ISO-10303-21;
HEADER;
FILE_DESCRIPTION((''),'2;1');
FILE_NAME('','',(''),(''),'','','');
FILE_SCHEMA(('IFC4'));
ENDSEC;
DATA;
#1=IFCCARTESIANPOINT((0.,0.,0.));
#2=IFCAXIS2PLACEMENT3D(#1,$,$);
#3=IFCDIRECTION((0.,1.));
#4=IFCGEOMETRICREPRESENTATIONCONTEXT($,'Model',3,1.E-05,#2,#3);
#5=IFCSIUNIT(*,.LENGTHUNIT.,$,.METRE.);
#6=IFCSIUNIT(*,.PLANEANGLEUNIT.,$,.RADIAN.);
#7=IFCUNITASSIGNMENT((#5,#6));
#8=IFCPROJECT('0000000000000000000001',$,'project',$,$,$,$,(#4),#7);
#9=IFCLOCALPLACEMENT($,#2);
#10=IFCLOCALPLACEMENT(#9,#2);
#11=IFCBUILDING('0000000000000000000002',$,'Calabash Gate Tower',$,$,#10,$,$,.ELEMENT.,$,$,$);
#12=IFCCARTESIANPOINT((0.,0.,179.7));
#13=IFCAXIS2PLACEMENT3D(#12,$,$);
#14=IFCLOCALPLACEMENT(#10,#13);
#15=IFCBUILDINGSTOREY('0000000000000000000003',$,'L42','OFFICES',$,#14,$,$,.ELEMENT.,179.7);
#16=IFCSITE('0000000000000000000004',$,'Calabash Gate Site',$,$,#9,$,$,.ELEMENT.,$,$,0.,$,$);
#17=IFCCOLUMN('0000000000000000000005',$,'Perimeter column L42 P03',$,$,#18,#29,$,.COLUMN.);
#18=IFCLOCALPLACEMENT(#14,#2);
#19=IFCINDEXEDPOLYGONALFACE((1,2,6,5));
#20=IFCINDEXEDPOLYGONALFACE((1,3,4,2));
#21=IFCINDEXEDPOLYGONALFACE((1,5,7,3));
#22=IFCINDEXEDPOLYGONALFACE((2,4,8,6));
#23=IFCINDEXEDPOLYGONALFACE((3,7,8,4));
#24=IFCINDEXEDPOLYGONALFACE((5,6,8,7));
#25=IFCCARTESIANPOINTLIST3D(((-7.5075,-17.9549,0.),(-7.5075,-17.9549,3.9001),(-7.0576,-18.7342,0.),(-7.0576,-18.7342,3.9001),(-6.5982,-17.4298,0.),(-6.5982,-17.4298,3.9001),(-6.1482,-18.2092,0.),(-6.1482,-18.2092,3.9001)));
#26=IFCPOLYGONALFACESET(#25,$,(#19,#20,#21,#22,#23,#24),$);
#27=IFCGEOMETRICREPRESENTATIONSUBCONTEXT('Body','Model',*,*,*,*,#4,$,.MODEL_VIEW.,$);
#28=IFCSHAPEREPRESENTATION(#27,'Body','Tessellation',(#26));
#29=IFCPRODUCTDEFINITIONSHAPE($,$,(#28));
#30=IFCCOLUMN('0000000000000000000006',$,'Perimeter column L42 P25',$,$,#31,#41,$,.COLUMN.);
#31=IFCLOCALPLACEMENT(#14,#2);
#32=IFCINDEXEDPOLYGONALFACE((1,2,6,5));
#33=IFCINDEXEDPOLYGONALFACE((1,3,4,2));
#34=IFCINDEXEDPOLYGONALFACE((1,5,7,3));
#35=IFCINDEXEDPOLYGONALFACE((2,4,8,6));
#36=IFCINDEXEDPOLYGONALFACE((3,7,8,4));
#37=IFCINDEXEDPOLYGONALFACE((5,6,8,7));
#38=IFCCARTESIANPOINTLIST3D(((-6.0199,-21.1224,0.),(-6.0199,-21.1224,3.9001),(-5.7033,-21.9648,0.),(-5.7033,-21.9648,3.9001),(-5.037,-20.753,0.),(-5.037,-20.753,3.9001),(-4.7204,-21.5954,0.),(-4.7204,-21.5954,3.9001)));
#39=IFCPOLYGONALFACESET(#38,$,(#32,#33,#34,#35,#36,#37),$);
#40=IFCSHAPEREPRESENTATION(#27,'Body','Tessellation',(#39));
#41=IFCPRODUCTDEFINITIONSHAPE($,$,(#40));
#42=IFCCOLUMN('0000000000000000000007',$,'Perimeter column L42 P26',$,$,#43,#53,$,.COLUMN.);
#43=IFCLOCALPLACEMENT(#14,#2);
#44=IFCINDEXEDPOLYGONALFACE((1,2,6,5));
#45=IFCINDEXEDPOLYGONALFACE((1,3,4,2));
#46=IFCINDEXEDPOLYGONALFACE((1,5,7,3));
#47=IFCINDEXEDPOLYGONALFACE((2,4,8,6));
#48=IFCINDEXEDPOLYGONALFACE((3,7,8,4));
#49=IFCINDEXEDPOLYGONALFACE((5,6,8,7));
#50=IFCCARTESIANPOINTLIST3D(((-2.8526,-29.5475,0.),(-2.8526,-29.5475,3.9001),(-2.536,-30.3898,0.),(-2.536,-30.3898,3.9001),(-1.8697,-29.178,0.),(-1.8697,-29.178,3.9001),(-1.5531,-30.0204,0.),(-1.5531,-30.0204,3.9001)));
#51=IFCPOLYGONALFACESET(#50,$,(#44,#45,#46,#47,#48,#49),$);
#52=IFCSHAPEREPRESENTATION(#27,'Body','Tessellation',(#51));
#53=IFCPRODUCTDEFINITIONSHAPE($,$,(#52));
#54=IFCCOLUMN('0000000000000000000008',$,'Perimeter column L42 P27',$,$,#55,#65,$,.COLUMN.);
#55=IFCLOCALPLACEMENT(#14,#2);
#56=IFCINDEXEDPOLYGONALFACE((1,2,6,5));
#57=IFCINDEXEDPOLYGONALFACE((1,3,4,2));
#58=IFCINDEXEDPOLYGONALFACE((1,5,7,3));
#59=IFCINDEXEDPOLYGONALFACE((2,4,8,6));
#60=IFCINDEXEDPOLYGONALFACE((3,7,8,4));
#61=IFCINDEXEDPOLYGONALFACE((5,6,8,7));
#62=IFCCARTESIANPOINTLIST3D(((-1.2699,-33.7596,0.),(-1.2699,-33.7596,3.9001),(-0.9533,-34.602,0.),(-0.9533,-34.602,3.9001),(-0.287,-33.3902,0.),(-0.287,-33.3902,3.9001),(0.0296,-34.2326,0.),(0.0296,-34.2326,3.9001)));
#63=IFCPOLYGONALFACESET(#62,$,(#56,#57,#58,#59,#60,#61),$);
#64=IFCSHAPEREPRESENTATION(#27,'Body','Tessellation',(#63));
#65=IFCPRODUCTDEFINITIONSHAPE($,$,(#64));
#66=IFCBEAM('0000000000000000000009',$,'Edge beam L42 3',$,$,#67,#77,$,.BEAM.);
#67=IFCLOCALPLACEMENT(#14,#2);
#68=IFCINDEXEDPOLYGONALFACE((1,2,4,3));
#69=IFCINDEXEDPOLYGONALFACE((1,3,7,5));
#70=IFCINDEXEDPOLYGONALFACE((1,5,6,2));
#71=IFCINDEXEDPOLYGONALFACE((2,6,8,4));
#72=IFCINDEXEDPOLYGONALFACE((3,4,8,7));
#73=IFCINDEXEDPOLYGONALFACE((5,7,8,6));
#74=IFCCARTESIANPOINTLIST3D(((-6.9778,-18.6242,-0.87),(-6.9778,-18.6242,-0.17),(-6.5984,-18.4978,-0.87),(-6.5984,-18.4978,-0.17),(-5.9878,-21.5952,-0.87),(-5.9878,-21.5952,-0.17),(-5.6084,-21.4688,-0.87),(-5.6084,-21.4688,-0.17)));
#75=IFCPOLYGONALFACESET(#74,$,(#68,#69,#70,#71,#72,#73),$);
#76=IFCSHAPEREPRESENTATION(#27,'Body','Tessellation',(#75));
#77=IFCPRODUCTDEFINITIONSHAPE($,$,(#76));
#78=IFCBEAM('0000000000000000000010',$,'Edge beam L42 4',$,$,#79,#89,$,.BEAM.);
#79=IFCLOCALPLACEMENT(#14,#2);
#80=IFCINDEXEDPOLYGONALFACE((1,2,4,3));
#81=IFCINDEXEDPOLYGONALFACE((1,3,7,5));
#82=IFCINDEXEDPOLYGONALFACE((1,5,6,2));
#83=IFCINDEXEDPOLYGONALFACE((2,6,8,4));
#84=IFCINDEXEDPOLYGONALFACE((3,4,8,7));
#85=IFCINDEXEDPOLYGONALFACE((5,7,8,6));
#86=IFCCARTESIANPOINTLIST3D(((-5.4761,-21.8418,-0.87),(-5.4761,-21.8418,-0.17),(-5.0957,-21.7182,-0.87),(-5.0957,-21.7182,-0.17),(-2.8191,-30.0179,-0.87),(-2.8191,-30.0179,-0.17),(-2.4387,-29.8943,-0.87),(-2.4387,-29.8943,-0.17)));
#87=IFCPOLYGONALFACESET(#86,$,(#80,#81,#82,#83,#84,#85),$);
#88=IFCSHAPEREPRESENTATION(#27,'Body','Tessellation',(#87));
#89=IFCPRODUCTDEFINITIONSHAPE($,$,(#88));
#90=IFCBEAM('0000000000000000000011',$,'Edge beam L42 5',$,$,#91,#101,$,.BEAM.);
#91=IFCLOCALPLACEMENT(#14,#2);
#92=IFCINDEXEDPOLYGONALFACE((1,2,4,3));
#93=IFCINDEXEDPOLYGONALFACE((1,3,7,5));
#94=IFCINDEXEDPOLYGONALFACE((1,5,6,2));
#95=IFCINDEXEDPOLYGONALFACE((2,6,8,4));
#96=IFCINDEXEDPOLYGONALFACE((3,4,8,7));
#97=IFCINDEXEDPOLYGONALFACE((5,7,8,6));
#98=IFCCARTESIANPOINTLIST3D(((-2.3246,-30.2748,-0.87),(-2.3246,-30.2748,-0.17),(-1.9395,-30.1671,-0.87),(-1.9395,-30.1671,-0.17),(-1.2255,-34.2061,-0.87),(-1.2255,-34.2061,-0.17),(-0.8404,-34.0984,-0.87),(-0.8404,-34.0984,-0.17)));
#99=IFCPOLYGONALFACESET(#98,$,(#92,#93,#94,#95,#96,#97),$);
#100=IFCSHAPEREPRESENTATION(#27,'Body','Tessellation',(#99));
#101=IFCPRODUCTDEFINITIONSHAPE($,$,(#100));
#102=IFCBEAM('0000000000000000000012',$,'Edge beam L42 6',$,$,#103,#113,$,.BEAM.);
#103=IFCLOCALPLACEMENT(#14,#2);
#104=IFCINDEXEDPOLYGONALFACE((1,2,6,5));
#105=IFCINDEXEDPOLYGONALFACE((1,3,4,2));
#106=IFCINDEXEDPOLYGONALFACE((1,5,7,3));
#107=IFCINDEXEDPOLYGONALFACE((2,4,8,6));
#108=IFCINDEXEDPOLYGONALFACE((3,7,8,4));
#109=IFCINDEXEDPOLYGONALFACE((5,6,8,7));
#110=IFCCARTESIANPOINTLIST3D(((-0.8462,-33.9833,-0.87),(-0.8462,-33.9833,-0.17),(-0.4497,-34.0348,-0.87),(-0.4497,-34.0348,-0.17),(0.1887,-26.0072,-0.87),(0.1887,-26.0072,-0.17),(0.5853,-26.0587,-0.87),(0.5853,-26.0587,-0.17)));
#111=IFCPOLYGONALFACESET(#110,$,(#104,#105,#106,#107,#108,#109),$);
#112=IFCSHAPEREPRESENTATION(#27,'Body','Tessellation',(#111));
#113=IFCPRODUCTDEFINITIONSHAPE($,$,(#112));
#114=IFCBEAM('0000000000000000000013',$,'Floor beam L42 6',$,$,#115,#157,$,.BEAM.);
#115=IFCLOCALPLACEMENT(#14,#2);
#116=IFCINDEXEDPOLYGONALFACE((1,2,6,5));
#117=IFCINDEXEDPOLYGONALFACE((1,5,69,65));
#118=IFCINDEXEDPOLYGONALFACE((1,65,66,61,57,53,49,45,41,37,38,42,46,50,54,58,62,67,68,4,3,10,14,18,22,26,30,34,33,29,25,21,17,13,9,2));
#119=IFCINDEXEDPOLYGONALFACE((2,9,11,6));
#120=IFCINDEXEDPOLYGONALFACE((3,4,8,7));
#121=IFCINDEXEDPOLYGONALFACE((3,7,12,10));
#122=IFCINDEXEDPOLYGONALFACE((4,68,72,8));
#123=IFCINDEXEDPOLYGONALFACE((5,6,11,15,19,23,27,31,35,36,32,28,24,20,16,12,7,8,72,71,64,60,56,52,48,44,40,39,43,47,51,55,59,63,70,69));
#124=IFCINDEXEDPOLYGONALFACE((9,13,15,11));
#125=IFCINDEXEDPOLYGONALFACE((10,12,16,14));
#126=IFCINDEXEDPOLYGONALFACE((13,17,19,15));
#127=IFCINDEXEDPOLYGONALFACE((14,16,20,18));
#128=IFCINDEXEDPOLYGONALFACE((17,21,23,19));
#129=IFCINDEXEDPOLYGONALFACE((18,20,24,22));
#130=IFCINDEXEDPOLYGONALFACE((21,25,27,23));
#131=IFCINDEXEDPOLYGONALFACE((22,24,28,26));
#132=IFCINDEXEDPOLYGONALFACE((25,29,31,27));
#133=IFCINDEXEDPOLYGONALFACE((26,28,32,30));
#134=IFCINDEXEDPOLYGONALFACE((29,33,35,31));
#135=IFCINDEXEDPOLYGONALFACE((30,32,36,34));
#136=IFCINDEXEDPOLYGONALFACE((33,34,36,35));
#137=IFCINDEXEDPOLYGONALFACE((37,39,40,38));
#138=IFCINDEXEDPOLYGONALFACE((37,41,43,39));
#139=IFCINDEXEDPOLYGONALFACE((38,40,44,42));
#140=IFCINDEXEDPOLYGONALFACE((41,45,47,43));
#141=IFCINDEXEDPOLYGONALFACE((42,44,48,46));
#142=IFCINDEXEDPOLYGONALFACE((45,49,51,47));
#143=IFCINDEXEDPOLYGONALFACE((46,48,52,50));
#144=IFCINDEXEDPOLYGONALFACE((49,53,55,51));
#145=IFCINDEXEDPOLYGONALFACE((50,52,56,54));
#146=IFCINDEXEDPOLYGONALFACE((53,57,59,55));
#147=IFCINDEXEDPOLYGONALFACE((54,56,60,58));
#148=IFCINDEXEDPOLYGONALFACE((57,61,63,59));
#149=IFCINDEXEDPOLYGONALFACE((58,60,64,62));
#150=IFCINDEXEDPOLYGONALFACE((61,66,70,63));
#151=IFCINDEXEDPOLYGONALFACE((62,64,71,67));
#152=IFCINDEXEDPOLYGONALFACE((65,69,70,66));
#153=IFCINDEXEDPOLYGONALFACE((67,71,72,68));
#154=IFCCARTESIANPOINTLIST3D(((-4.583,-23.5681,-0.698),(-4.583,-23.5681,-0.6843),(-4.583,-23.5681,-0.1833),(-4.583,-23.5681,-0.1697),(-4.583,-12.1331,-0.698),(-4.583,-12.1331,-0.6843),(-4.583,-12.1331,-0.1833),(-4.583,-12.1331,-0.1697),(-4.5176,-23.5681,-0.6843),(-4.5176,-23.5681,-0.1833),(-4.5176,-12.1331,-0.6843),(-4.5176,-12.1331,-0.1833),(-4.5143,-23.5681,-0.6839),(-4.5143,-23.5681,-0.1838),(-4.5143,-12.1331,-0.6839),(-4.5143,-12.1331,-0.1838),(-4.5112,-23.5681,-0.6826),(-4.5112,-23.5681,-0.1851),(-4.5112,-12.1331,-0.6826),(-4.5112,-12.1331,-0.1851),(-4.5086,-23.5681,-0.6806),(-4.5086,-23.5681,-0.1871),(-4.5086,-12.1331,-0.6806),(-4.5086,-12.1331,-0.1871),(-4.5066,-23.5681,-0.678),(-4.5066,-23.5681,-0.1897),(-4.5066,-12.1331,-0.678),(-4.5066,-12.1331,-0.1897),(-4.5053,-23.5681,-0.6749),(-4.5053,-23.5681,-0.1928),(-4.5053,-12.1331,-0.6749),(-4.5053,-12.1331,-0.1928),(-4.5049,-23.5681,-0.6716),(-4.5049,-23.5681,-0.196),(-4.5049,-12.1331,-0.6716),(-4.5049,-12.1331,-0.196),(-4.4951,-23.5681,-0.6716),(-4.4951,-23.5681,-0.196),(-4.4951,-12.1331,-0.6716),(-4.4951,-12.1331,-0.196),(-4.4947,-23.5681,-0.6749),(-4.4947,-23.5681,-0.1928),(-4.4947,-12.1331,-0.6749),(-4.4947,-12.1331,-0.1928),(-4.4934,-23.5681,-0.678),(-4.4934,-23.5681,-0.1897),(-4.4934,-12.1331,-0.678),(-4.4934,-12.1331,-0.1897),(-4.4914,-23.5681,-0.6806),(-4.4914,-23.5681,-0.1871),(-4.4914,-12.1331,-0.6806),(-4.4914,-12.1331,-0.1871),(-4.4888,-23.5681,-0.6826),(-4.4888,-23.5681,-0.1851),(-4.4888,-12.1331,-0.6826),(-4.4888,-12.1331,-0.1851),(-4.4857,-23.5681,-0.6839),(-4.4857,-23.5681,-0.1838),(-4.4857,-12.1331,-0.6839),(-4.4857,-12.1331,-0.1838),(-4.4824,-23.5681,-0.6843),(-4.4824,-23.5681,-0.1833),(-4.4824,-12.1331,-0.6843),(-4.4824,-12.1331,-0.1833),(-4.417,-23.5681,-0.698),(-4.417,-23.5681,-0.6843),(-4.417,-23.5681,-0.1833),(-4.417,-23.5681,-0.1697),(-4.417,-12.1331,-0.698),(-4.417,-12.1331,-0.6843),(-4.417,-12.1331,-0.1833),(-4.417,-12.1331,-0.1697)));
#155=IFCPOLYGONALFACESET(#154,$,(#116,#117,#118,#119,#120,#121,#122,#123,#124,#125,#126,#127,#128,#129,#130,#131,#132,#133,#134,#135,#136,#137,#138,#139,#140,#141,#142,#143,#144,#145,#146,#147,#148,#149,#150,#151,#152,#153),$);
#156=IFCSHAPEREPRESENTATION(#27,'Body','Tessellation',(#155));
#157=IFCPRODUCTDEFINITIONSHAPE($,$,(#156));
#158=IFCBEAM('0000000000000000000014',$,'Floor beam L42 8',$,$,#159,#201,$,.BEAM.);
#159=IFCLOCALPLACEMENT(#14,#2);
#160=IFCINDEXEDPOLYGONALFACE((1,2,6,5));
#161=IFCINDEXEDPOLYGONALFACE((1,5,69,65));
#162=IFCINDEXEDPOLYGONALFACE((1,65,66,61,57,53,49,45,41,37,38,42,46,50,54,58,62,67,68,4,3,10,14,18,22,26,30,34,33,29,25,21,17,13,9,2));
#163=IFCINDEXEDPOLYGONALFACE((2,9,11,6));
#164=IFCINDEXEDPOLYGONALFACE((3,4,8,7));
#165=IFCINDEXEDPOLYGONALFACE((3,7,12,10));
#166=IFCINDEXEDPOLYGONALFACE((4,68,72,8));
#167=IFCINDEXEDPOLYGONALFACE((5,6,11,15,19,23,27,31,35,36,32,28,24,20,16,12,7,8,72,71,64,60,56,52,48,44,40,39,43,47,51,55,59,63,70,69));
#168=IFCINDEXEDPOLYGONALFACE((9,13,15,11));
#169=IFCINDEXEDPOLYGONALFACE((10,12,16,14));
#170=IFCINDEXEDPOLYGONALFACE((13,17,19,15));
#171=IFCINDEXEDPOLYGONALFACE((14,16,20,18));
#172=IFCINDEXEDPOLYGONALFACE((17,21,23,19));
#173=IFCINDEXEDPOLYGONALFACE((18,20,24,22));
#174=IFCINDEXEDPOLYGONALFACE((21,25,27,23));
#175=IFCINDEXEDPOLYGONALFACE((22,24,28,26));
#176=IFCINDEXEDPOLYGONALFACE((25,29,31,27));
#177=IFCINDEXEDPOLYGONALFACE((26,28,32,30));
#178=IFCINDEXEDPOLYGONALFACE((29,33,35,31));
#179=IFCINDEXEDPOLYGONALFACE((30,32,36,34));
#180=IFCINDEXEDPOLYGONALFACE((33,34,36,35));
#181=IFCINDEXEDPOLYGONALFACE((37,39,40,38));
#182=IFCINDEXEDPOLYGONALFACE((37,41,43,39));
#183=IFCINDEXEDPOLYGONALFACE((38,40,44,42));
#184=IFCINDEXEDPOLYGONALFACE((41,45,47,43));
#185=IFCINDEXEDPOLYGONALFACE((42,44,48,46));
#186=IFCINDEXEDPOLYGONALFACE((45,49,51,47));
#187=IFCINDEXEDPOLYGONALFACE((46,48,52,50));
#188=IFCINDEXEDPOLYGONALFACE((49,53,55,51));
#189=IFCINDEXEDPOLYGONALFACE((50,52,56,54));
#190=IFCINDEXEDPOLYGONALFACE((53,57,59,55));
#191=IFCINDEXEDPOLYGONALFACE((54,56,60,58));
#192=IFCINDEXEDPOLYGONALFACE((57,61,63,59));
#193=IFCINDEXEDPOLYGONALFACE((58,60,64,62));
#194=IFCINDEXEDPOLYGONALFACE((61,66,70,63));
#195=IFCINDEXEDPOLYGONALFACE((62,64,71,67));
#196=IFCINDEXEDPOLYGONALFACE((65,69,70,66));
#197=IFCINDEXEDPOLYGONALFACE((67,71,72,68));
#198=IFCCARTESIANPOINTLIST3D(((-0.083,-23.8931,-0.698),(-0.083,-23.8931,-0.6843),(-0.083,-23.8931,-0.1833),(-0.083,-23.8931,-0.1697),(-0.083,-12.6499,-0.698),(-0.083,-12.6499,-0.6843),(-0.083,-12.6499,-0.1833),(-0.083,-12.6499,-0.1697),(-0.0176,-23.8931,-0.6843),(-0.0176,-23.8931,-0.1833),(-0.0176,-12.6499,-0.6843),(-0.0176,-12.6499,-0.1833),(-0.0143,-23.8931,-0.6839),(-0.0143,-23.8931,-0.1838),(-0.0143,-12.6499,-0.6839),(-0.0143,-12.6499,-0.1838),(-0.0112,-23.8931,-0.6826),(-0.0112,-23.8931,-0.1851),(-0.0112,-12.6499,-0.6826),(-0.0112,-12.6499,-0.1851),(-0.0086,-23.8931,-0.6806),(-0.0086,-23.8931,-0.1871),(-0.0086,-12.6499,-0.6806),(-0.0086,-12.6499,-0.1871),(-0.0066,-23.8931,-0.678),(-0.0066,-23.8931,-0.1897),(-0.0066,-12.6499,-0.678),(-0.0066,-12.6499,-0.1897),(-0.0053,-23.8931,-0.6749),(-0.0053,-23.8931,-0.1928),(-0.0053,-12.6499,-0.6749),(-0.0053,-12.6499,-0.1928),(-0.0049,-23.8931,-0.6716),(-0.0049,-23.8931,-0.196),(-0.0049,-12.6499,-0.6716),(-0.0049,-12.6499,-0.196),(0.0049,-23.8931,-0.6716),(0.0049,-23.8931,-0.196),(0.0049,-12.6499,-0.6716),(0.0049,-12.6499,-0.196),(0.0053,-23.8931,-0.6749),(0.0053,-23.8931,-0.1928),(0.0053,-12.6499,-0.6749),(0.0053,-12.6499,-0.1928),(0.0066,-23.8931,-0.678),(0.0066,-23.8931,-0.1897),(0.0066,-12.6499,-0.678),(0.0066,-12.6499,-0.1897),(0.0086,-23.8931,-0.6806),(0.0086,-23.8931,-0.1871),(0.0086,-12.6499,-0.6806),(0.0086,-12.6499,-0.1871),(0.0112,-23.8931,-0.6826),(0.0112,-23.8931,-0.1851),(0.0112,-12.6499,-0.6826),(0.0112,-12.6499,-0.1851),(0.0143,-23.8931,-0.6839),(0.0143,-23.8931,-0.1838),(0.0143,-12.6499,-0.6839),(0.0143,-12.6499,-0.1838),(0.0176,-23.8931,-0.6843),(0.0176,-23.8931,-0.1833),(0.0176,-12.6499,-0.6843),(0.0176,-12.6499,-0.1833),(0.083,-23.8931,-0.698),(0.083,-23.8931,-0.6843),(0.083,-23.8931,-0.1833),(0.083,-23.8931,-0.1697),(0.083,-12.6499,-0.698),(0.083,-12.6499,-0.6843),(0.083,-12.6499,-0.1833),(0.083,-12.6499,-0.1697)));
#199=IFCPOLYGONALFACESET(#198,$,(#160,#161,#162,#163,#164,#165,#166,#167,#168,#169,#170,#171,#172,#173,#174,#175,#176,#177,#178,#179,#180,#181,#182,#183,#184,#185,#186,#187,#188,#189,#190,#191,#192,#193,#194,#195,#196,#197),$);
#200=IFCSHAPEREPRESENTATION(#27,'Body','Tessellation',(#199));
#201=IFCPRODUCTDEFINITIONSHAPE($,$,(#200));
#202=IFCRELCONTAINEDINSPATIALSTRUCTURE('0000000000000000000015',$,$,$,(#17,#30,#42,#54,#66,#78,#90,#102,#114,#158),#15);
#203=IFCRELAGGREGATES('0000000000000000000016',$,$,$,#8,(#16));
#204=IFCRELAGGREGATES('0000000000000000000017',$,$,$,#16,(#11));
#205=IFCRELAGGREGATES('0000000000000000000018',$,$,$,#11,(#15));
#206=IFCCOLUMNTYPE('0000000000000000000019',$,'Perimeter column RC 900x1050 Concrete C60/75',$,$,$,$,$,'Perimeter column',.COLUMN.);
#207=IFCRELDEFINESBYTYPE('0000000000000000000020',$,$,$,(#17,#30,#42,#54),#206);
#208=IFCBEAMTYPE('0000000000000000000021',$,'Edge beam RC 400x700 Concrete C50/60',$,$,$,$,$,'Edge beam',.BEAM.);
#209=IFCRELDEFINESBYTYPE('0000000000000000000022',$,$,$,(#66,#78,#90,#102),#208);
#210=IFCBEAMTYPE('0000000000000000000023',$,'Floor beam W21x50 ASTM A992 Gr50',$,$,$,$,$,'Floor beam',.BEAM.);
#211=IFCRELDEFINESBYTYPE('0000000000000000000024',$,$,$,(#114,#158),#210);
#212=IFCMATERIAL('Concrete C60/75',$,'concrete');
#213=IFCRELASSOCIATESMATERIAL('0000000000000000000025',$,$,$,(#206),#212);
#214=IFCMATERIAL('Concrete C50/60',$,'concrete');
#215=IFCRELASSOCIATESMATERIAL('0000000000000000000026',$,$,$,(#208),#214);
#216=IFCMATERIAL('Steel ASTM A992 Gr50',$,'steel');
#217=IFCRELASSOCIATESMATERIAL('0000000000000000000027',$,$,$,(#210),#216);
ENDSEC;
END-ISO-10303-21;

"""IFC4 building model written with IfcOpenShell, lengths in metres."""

from ifc_helpers import new_model, si_unit, direction, frame, origin, origin_2d, place, context, subcontext, project, spatial, rectangle, i_section, extrude, material, material_profile, profile_set, type_object, element, save


model = new_model("IFC4")

# Units and contexts
model_context = context("Model", 3, precision=1e-05, world=origin(), true_north=direction((0.0, 1.0)))
body_context = subcontext(model_context, "Body", "Model", "MODEL_VIEW")
ifc_project = project(units=[si_unit("LENGTHUNIT", "METRE"), si_unit("PLANEANGLEUNIT", "RADIAN")], contexts=[model_context])

# Site, building, storey
site_placement = place(None, origin())
site = spatial("IfcSite", under=ifc_project, at=site_placement, Name="Calabash Gate Site", CompositionType="ELEMENT", RefElevation=0.0)
building_placement = place(site_placement, origin())
building = spatial("IfcBuilding", under=site, at=building_placement, Name="Calabash Gate Tower", CompositionType="ELEMENT")
storey_placement = place(building_placement, frame((0.0, 0.0, 179.7)))
storey = spatial("IfcBuildingStorey", under=building, at=storey_placement, Name="L42", Description="OFFICES", CompositionType="ELEMENT", Elevation=179.7)

# Columns
ifc_material_1 = material(Name="Concrete C60/75", Category="concrete")
ifc_material_profile_1 = material_profile(ifc_material_1, rectangle(XDim=0.8999, YDim=1.05, at=origin_2d()))
ifc_profile_set_1 = profile_set([ifc_material_profile_1], Name="Concrete C60/75")
column_type = type_object("IfcColumnType", Name="Perimeter column RC 900x1050 Concrete C60/75", ElementType="Perimeter column", PredefinedType="COLUMN", material=ifc_profile_set_1)
for number, where, z_axis, x_axis, name in (
    (1, (-6.8279, -18.082, 0.0), (0.0, 0.0, 1.0), (0.5, -0.866025, 0.0), "Perimeter column L42 P03"),
    (2, (-5.3701, -21.3589, 0.0), (0.0, 0.0, 1.0), (0.351823, -0.936067, 0.0), "Perimeter column L42 P25"),
    (3, (-2.2029, -29.7839, 0.0), (0.0, 0.0, 1.0), (0.351823, -0.936067, 0.0), "Perimeter column L42 P26"),
    (4, (-0.6201, -33.9961, 0.0), (0.0, 0.0, 1.0), (0.351823, -0.936067, 0.0), "Perimeter column L42 P27"),
):
    element("IfcColumn", number, at=place(storey_placement, frame(where, z_axis=z_axis, x_axis=x_axis)), inside=storey, type_object=column_type, Name=name, PredefinedType="COLUMN", context=body_context, shape_type="SweptSolid", body=[
        extrude(rectangle(XDim=0.8999, YDim=1.05, at=origin_2d()), origin(), (0.0, 0.0, 1.0), 3.9001),
    ])

# Beams
ifc_material_2 = material(Name="Concrete C50/60", Category="concrete")
ifc_material_profile_2 = material_profile(ifc_material_2, rectangle(XDim=0.3999, YDim=0.7, at=origin_2d()))
ifc_profile_set_2 = profile_set([ifc_material_profile_2], Name="Concrete C50/60")
beam_type_1 = type_object("IfcBeamType", Name="Edge beam RC 400x700 Concrete C50/60", ElementType="Edge beam", PredefinedType="BEAM", material=ifc_profile_set_2)
beam_1_placement = place(storey_placement, frame((-6.7881, -18.561, -0.52), z_axis=(0.316134, -0.948714, 0.0), x_axis=(0.948714, 0.316134, 0.0)))
element("IfcBeam", 5, at=beam_1_placement, inside=storey, type_object=beam_type_1, Name="Edge beam L42 3", PredefinedType="BEAM", context=body_context, shape_type="SweptSolid", body=[
    extrude(rectangle(XDim=0.3999, YDim=0.7, at=origin_2d()), origin(), (0.0, 0.0, 1.0), 3.1316),
])
beam_2_placement = place(storey_placement, frame((-5.2859, -21.78, -0.52), z_axis=(0.309062, -0.951042, 0.0), x_axis=(0.951042, 0.309062, 0.0)))
element("IfcBeam", 6, at=beam_2_placement, inside=storey, type_object=beam_type_1, Name="Edge beam L42 4", PredefinedType="BEAM", context=body_context, shape_type="SweptSolid", body=[
    extrude(rectangle(XDim=0.3999, YDim=0.7, at=origin_2d()), origin(), (0.0, 0.0, 1.0), 8.5969),
])
beam_3_placement = place(storey_placement, frame((-2.1321, -30.2209, -0.52), z_axis=(0.269266, -0.963066, 0.0), x_axis=(0.963066, 0.269266, 0.0)))
element("IfcBeam", 7, at=beam_3_placement, inside=storey, type_object=beam_type_1, Name="Edge beam L42 5", PredefinedType="BEAM", context=body_context, shape_type="SweptSolid", body=[
    extrude(rectangle(XDim=0.3999, YDim=0.7, at=origin_2d()), origin(), (0.0, 0.0, 1.0), 4.082),
])
beam_4_placement = place(storey_placement, frame((-0.6479, -34.009, -0.52), z_axis=(0.128673, 0.991687, 0.0), x_axis=(-0.991687, 0.128673, 0.0)))
element("IfcBeam", 8, at=beam_4_placement, inside=storey, type_object=beam_type_1, Name="Edge beam L42 6", PredefinedType="BEAM", context=body_context, shape_type="SweptSolid", body=[
    extrude(rectangle(XDim=0.3999, YDim=0.7, at=origin_2d()), origin(), (0.0, 0.0, 1.0), 8.043),
])
ifc_material_3 = material(Name="Steel ASTM A992 Gr50", Category="steel")
ifc_material_profile_3 = material_profile(ifc_material_3, i_section(OverallWidth=0.166, OverallDepth=0.5283, WebThickness=0.0098, FlangeThickness=0.0137, FilletRadius=0.0127, at=origin_2d()))
ifc_profile_set_3 = profile_set([ifc_material_profile_3], Name="Steel ASTM A992 Gr50")
beam_type_2 = type_object("IfcBeamType", Name="Floor beam W21x50 ASTM A992 Gr50", ElementType="Floor beam", PredefinedType="BEAM", material=ifc_profile_set_3)
beam_5_placement = place(storey_placement, frame((-4.5, -23.5681, -0.4338), z_axis=(0.0, 1.0, 0.0), x_axis=(-1.0, 0.0, 0.0)))
element("IfcBeam", 9, at=beam_5_placement, inside=storey, type_object=beam_type_2, Name="Floor beam L42 6", PredefinedType="BEAM", context=body_context, shape_type="SweptSolid", body=[
    extrude(i_section(OverallWidth=0.166, OverallDepth=0.5283, WebThickness=0.0098, FlangeThickness=0.0137, FilletRadius=0.0127, at=origin_2d()), origin(), (0.0, 0.0, 1.0), 11.4351),
])
beam_6_placement = place(storey_placement, frame((0.0, -23.8931, -0.4338), z_axis=(0.0, 1.0, 0.0), x_axis=(-1.0, 0.0, 0.0)))
element("IfcBeam", 10, at=beam_6_placement, inside=storey, type_object=beam_type_2, Name="Floor beam L42 8", PredefinedType="BEAM", context=body_context, shape_type="SweptSolid", body=[
    extrude(i_section(OverallWidth=0.166, OverallDepth=0.5283, WebThickness=0.0098, FlangeThickness=0.0137, FilletRadius=0.0127, at=origin_2d()), origin(), (0.0, 0.0, 1.0), 11.2432),
])

save(model, "model.ifc")
